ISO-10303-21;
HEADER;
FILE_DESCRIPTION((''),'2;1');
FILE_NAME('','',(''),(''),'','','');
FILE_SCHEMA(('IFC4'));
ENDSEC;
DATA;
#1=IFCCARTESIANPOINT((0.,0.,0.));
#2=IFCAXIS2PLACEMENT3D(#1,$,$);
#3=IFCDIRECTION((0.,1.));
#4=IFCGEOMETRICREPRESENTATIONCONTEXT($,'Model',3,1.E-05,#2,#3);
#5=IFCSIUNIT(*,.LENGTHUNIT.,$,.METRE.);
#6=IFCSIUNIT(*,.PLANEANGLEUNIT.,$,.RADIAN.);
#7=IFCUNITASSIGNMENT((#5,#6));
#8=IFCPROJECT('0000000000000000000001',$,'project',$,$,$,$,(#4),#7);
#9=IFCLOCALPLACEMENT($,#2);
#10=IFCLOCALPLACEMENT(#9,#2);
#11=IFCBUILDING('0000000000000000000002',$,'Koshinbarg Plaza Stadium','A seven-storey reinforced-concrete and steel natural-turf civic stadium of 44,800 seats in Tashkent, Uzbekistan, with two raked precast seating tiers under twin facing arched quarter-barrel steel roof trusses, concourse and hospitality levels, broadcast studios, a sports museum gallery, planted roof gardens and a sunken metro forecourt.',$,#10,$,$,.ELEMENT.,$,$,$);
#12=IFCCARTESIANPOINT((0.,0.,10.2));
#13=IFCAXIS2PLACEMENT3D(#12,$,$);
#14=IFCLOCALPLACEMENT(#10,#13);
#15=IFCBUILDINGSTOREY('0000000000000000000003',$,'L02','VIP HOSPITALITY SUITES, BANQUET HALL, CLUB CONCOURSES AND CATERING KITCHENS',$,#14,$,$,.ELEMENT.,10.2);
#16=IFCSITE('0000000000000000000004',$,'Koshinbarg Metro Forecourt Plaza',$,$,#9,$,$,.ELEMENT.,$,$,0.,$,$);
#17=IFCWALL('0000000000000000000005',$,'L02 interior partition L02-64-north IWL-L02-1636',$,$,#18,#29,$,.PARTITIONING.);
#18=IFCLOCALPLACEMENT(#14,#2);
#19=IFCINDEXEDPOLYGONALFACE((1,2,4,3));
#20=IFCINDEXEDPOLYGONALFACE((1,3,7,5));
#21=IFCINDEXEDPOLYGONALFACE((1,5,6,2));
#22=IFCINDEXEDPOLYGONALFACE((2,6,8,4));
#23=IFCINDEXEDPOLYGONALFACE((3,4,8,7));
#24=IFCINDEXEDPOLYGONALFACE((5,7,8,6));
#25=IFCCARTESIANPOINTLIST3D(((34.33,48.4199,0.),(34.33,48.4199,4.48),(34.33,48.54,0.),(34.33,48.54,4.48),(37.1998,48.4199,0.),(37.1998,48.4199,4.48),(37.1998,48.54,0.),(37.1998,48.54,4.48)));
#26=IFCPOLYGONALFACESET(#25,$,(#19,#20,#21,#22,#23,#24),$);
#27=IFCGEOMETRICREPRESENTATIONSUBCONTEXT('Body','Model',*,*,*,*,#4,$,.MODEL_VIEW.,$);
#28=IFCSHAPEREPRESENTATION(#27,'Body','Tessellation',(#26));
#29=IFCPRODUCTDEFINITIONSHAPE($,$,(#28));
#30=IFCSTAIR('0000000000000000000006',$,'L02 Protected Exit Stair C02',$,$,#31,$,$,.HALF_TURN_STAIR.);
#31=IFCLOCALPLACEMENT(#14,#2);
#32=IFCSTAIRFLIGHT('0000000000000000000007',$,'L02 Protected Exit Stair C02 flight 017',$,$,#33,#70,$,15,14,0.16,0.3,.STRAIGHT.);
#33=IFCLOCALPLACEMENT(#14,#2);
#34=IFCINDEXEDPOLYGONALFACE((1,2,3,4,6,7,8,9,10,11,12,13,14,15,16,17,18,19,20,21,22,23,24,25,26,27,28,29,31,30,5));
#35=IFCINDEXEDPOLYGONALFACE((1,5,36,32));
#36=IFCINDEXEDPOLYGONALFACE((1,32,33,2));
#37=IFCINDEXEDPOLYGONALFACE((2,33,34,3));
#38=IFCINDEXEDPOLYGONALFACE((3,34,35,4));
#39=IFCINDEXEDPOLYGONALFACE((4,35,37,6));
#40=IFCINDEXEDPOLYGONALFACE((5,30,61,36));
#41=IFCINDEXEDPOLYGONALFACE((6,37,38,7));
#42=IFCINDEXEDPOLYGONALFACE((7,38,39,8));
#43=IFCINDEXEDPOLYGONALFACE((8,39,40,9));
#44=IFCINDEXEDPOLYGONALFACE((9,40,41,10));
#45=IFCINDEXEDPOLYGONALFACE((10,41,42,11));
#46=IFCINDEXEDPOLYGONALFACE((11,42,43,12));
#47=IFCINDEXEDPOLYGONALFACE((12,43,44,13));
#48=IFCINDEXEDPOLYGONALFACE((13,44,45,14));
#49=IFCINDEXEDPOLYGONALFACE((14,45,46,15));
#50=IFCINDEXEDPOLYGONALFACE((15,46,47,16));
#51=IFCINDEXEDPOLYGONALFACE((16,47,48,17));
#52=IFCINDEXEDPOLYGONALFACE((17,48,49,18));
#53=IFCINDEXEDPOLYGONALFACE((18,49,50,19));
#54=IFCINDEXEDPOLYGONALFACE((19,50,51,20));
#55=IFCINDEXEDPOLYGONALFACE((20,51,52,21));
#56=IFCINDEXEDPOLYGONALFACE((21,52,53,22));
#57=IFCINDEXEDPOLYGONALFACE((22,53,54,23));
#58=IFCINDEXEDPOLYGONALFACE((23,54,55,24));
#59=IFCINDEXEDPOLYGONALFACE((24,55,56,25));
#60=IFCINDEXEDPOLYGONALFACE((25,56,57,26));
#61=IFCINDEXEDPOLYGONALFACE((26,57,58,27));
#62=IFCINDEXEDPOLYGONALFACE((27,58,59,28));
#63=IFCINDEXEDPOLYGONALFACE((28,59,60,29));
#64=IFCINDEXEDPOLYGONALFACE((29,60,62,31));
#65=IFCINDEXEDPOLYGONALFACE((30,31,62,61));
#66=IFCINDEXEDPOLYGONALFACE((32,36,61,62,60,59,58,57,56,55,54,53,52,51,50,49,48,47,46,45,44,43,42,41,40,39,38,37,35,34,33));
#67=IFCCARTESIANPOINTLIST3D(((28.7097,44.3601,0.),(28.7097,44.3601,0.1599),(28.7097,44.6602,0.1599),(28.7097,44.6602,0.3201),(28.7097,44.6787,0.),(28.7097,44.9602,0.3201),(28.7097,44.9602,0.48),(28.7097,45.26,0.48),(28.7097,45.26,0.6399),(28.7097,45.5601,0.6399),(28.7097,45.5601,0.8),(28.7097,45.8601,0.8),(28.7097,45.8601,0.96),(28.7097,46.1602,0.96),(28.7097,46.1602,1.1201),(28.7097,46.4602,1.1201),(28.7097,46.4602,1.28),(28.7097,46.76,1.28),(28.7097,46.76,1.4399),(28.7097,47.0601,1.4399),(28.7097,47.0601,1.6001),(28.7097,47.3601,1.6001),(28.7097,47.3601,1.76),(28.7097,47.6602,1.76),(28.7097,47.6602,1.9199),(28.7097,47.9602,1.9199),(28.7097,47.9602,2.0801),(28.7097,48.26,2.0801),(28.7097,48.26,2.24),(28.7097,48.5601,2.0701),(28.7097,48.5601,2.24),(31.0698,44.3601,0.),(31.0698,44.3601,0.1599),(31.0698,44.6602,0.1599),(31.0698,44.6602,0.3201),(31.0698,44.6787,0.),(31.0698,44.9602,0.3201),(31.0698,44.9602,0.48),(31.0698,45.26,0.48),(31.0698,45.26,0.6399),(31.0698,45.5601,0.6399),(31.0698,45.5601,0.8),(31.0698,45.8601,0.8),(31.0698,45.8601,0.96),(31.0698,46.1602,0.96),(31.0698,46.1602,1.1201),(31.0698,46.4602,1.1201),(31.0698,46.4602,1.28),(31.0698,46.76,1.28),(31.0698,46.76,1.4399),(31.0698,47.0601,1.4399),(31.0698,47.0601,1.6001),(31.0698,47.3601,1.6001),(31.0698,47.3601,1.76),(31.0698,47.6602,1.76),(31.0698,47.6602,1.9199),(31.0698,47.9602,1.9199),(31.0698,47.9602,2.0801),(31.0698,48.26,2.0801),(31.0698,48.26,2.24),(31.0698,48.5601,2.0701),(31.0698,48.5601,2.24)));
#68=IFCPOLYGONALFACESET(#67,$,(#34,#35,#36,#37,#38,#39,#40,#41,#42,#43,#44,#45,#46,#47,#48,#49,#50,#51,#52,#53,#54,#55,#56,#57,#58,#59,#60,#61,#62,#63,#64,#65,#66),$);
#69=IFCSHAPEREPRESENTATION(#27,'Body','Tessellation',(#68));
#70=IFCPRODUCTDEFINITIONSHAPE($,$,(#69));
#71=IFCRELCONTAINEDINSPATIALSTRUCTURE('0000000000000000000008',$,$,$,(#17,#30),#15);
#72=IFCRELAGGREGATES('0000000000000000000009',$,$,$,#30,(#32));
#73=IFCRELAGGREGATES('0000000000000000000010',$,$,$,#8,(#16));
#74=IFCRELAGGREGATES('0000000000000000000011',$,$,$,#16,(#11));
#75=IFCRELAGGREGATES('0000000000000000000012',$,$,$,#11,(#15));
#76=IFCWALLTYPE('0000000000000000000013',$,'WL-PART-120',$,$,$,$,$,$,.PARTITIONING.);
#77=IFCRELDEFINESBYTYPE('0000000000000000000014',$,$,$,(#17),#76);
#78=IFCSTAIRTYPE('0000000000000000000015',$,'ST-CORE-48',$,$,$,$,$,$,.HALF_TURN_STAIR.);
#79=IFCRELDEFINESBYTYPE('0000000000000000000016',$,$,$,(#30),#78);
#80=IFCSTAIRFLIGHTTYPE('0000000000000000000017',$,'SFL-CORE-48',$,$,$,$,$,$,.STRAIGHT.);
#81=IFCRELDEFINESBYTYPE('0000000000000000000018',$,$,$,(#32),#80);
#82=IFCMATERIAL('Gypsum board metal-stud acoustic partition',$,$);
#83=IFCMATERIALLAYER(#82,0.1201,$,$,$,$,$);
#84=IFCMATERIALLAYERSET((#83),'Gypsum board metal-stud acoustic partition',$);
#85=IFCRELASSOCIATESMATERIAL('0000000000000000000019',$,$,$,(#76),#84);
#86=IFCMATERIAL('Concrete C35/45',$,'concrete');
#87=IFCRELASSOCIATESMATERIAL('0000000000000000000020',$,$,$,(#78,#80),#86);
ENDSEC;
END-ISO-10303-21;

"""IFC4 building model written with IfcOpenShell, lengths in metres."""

from ifc_helpers import new_model, si_unit, direction, frame, frame_2d, origin, place, context, subcontext, project, spatial, polyline, rectangle, outline, extrude, material, layer, layer_set, type_object, element, aggregate, save


model = new_model("IFC4")

# Units and contexts
model_context = context("Model", 3, precision=1e-05, world=origin(), true_north=direction((0.0, 1.0)))
body_context = subcontext(model_context, "Body", "Model", "MODEL_VIEW")
ifc_project = project(units=[si_unit("LENGTHUNIT", "METRE"), si_unit("PLANEANGLEUNIT", "RADIAN")], contexts=[model_context])

# Site, building, storey
site_placement = place(None, origin())
site = spatial("IfcSite", under=ifc_project, at=site_placement, Name="Koshinbarg Metro Forecourt Plaza", CompositionType="ELEMENT", RefElevation=0.0)
building_placement = place(site_placement, origin())
building = spatial("IfcBuilding", under=site, at=building_placement, Name="Koshinbarg Plaza Stadium", Description="A seven-storey reinforced-concrete and steel natural-turf civic stadium of 44,800 seats in Tashkent, Uzbekistan, with two raked precast seating tiers under twin facing arched quarter-barrel steel roof trusses, concourse and hospitality levels, broadcast studios, a sports museum gallery, planted roof gardens and a sunken metro forecourt.", CompositionType="ELEMENT")
storey_placement = place(building_placement, frame((0.0, 0.0, 10.2)))
storey = spatial("IfcBuildingStorey", under=building, at=storey_placement, Name="L02", Description="VIP HOSPITALITY SUITES, BANQUET HALL, CLUB CONCOURSES AND CATERING KITCHENS", CompositionType="ELEMENT", Elevation=10.2)

# Shared definitions
ifc_material_1 = material(Name="Gypsum board metal-stud acoustic partition")
ifc_layer_1 = layer(ifc_material_1, 0.1201)
ifc_layer_set_1 = layer_set([ifc_layer_1], Name="Gypsum board metal-stud acoustic partition")
wall_type_1 = type_object("IfcWallType", Name="WL-PART-120", PredefinedType="PARTITIONING", material=ifc_layer_set_1)

# Wall
wall_1_placement = place(storey_placement, frame((37.2, 48.48, 0.0), z_axis=(0.0, 0.0, 1.0), x_axis=(-1.0, 0.0, 0.0)))
element("IfcWall", 1, at=wall_1_placement, inside=storey, type_object=wall_type_1, Name="L02 interior partition L02-64-north IWL-L02-1636", PredefinedType="PARTITIONING", context=body_context, shape_type="SweptSolid", body=[
    extrude(rectangle(XDim=2.8699, YDim=0.1201, at=frame_2d((1.4351, 0.0))), origin(), (0.0, 0.0, 1.0), 4.48),
])

# Stair, stair flight
ifc_material_2 = material(Name="Concrete C35/45", Category="concrete")
stair_type = type_object("IfcStairType", Name="ST-CORE-48", PredefinedType="HALF_TURN_STAIR", material=ifc_material_2)
stair_placement = place(storey_placement, origin())
stair = element("IfcStair", 2, at=stair_placement, inside=storey, type_object=stair_type, Name="L02 Protected Exit Stair C02", PredefinedType="HALF_TURN_STAIR")
stair_flight_type = type_object("IfcStairFlightType", Name="SFL-CORE-48", PredefinedType="STRAIGHT", material=ifc_material_2)
stair_flight_placement = place(storey_placement, frame((29.8899, 44.3601, 0.0), z_axis=(0.0, 0.0, 1.0), x_axis=(0.0, 1.0, 0.0)))
stair_flight = element("IfcStairFlight", 3, at=stair_flight_placement, type_object=stair_flight_type, Name="L02 Protected Exit Stair C02 flight 017", NumberOfRisers=15, NumberOfTreads=14, PredefinedType="STRAIGHT", RiserHeight=0.16, TreadLength=0.3, context=body_context, shape_type="SweptSolid", body=[
    extrude(outline(polyline([(0.0, 0.0), (0.0, 0.1599), (0.3, 0.1599), (0.3, 0.3201), (0.6001, 0.3201), (0.6001, 0.48), (0.8999, 0.48), (0.8999, 0.6399), (1.2, 0.6399), (1.2, 0.8), (1.5, 0.8), (1.5, 0.96), (1.8, 0.96), (1.8, 1.1201), (2.1001, 1.1201), (2.1001, 1.28), (2.3999, 1.28), (2.3999, 1.4399), (2.7, 1.4399), (2.7, 1.6001), (3.0, 1.6001), (3.0, 1.76), (3.3, 1.76), (3.3, 1.9199), (3.6001, 1.9199), (3.6001, 2.0801), (3.8999, 2.0801), (3.8999, 2.24), (4.2, 2.24), (4.2, 2.3999), (4.2, 2.0701), (0.3186, 0.0), (0.0, 0.0)])), frame((0.0, 1.1802, 0.0), z_axis=(0.0, -1.0, 0.0), x_axis=(1.0, 0.0, 0.0)), (0.0, 0.0, 1.0), 2.3601),
])
aggregate(stair, [stair_flight])

save(model, "model.ifc")
